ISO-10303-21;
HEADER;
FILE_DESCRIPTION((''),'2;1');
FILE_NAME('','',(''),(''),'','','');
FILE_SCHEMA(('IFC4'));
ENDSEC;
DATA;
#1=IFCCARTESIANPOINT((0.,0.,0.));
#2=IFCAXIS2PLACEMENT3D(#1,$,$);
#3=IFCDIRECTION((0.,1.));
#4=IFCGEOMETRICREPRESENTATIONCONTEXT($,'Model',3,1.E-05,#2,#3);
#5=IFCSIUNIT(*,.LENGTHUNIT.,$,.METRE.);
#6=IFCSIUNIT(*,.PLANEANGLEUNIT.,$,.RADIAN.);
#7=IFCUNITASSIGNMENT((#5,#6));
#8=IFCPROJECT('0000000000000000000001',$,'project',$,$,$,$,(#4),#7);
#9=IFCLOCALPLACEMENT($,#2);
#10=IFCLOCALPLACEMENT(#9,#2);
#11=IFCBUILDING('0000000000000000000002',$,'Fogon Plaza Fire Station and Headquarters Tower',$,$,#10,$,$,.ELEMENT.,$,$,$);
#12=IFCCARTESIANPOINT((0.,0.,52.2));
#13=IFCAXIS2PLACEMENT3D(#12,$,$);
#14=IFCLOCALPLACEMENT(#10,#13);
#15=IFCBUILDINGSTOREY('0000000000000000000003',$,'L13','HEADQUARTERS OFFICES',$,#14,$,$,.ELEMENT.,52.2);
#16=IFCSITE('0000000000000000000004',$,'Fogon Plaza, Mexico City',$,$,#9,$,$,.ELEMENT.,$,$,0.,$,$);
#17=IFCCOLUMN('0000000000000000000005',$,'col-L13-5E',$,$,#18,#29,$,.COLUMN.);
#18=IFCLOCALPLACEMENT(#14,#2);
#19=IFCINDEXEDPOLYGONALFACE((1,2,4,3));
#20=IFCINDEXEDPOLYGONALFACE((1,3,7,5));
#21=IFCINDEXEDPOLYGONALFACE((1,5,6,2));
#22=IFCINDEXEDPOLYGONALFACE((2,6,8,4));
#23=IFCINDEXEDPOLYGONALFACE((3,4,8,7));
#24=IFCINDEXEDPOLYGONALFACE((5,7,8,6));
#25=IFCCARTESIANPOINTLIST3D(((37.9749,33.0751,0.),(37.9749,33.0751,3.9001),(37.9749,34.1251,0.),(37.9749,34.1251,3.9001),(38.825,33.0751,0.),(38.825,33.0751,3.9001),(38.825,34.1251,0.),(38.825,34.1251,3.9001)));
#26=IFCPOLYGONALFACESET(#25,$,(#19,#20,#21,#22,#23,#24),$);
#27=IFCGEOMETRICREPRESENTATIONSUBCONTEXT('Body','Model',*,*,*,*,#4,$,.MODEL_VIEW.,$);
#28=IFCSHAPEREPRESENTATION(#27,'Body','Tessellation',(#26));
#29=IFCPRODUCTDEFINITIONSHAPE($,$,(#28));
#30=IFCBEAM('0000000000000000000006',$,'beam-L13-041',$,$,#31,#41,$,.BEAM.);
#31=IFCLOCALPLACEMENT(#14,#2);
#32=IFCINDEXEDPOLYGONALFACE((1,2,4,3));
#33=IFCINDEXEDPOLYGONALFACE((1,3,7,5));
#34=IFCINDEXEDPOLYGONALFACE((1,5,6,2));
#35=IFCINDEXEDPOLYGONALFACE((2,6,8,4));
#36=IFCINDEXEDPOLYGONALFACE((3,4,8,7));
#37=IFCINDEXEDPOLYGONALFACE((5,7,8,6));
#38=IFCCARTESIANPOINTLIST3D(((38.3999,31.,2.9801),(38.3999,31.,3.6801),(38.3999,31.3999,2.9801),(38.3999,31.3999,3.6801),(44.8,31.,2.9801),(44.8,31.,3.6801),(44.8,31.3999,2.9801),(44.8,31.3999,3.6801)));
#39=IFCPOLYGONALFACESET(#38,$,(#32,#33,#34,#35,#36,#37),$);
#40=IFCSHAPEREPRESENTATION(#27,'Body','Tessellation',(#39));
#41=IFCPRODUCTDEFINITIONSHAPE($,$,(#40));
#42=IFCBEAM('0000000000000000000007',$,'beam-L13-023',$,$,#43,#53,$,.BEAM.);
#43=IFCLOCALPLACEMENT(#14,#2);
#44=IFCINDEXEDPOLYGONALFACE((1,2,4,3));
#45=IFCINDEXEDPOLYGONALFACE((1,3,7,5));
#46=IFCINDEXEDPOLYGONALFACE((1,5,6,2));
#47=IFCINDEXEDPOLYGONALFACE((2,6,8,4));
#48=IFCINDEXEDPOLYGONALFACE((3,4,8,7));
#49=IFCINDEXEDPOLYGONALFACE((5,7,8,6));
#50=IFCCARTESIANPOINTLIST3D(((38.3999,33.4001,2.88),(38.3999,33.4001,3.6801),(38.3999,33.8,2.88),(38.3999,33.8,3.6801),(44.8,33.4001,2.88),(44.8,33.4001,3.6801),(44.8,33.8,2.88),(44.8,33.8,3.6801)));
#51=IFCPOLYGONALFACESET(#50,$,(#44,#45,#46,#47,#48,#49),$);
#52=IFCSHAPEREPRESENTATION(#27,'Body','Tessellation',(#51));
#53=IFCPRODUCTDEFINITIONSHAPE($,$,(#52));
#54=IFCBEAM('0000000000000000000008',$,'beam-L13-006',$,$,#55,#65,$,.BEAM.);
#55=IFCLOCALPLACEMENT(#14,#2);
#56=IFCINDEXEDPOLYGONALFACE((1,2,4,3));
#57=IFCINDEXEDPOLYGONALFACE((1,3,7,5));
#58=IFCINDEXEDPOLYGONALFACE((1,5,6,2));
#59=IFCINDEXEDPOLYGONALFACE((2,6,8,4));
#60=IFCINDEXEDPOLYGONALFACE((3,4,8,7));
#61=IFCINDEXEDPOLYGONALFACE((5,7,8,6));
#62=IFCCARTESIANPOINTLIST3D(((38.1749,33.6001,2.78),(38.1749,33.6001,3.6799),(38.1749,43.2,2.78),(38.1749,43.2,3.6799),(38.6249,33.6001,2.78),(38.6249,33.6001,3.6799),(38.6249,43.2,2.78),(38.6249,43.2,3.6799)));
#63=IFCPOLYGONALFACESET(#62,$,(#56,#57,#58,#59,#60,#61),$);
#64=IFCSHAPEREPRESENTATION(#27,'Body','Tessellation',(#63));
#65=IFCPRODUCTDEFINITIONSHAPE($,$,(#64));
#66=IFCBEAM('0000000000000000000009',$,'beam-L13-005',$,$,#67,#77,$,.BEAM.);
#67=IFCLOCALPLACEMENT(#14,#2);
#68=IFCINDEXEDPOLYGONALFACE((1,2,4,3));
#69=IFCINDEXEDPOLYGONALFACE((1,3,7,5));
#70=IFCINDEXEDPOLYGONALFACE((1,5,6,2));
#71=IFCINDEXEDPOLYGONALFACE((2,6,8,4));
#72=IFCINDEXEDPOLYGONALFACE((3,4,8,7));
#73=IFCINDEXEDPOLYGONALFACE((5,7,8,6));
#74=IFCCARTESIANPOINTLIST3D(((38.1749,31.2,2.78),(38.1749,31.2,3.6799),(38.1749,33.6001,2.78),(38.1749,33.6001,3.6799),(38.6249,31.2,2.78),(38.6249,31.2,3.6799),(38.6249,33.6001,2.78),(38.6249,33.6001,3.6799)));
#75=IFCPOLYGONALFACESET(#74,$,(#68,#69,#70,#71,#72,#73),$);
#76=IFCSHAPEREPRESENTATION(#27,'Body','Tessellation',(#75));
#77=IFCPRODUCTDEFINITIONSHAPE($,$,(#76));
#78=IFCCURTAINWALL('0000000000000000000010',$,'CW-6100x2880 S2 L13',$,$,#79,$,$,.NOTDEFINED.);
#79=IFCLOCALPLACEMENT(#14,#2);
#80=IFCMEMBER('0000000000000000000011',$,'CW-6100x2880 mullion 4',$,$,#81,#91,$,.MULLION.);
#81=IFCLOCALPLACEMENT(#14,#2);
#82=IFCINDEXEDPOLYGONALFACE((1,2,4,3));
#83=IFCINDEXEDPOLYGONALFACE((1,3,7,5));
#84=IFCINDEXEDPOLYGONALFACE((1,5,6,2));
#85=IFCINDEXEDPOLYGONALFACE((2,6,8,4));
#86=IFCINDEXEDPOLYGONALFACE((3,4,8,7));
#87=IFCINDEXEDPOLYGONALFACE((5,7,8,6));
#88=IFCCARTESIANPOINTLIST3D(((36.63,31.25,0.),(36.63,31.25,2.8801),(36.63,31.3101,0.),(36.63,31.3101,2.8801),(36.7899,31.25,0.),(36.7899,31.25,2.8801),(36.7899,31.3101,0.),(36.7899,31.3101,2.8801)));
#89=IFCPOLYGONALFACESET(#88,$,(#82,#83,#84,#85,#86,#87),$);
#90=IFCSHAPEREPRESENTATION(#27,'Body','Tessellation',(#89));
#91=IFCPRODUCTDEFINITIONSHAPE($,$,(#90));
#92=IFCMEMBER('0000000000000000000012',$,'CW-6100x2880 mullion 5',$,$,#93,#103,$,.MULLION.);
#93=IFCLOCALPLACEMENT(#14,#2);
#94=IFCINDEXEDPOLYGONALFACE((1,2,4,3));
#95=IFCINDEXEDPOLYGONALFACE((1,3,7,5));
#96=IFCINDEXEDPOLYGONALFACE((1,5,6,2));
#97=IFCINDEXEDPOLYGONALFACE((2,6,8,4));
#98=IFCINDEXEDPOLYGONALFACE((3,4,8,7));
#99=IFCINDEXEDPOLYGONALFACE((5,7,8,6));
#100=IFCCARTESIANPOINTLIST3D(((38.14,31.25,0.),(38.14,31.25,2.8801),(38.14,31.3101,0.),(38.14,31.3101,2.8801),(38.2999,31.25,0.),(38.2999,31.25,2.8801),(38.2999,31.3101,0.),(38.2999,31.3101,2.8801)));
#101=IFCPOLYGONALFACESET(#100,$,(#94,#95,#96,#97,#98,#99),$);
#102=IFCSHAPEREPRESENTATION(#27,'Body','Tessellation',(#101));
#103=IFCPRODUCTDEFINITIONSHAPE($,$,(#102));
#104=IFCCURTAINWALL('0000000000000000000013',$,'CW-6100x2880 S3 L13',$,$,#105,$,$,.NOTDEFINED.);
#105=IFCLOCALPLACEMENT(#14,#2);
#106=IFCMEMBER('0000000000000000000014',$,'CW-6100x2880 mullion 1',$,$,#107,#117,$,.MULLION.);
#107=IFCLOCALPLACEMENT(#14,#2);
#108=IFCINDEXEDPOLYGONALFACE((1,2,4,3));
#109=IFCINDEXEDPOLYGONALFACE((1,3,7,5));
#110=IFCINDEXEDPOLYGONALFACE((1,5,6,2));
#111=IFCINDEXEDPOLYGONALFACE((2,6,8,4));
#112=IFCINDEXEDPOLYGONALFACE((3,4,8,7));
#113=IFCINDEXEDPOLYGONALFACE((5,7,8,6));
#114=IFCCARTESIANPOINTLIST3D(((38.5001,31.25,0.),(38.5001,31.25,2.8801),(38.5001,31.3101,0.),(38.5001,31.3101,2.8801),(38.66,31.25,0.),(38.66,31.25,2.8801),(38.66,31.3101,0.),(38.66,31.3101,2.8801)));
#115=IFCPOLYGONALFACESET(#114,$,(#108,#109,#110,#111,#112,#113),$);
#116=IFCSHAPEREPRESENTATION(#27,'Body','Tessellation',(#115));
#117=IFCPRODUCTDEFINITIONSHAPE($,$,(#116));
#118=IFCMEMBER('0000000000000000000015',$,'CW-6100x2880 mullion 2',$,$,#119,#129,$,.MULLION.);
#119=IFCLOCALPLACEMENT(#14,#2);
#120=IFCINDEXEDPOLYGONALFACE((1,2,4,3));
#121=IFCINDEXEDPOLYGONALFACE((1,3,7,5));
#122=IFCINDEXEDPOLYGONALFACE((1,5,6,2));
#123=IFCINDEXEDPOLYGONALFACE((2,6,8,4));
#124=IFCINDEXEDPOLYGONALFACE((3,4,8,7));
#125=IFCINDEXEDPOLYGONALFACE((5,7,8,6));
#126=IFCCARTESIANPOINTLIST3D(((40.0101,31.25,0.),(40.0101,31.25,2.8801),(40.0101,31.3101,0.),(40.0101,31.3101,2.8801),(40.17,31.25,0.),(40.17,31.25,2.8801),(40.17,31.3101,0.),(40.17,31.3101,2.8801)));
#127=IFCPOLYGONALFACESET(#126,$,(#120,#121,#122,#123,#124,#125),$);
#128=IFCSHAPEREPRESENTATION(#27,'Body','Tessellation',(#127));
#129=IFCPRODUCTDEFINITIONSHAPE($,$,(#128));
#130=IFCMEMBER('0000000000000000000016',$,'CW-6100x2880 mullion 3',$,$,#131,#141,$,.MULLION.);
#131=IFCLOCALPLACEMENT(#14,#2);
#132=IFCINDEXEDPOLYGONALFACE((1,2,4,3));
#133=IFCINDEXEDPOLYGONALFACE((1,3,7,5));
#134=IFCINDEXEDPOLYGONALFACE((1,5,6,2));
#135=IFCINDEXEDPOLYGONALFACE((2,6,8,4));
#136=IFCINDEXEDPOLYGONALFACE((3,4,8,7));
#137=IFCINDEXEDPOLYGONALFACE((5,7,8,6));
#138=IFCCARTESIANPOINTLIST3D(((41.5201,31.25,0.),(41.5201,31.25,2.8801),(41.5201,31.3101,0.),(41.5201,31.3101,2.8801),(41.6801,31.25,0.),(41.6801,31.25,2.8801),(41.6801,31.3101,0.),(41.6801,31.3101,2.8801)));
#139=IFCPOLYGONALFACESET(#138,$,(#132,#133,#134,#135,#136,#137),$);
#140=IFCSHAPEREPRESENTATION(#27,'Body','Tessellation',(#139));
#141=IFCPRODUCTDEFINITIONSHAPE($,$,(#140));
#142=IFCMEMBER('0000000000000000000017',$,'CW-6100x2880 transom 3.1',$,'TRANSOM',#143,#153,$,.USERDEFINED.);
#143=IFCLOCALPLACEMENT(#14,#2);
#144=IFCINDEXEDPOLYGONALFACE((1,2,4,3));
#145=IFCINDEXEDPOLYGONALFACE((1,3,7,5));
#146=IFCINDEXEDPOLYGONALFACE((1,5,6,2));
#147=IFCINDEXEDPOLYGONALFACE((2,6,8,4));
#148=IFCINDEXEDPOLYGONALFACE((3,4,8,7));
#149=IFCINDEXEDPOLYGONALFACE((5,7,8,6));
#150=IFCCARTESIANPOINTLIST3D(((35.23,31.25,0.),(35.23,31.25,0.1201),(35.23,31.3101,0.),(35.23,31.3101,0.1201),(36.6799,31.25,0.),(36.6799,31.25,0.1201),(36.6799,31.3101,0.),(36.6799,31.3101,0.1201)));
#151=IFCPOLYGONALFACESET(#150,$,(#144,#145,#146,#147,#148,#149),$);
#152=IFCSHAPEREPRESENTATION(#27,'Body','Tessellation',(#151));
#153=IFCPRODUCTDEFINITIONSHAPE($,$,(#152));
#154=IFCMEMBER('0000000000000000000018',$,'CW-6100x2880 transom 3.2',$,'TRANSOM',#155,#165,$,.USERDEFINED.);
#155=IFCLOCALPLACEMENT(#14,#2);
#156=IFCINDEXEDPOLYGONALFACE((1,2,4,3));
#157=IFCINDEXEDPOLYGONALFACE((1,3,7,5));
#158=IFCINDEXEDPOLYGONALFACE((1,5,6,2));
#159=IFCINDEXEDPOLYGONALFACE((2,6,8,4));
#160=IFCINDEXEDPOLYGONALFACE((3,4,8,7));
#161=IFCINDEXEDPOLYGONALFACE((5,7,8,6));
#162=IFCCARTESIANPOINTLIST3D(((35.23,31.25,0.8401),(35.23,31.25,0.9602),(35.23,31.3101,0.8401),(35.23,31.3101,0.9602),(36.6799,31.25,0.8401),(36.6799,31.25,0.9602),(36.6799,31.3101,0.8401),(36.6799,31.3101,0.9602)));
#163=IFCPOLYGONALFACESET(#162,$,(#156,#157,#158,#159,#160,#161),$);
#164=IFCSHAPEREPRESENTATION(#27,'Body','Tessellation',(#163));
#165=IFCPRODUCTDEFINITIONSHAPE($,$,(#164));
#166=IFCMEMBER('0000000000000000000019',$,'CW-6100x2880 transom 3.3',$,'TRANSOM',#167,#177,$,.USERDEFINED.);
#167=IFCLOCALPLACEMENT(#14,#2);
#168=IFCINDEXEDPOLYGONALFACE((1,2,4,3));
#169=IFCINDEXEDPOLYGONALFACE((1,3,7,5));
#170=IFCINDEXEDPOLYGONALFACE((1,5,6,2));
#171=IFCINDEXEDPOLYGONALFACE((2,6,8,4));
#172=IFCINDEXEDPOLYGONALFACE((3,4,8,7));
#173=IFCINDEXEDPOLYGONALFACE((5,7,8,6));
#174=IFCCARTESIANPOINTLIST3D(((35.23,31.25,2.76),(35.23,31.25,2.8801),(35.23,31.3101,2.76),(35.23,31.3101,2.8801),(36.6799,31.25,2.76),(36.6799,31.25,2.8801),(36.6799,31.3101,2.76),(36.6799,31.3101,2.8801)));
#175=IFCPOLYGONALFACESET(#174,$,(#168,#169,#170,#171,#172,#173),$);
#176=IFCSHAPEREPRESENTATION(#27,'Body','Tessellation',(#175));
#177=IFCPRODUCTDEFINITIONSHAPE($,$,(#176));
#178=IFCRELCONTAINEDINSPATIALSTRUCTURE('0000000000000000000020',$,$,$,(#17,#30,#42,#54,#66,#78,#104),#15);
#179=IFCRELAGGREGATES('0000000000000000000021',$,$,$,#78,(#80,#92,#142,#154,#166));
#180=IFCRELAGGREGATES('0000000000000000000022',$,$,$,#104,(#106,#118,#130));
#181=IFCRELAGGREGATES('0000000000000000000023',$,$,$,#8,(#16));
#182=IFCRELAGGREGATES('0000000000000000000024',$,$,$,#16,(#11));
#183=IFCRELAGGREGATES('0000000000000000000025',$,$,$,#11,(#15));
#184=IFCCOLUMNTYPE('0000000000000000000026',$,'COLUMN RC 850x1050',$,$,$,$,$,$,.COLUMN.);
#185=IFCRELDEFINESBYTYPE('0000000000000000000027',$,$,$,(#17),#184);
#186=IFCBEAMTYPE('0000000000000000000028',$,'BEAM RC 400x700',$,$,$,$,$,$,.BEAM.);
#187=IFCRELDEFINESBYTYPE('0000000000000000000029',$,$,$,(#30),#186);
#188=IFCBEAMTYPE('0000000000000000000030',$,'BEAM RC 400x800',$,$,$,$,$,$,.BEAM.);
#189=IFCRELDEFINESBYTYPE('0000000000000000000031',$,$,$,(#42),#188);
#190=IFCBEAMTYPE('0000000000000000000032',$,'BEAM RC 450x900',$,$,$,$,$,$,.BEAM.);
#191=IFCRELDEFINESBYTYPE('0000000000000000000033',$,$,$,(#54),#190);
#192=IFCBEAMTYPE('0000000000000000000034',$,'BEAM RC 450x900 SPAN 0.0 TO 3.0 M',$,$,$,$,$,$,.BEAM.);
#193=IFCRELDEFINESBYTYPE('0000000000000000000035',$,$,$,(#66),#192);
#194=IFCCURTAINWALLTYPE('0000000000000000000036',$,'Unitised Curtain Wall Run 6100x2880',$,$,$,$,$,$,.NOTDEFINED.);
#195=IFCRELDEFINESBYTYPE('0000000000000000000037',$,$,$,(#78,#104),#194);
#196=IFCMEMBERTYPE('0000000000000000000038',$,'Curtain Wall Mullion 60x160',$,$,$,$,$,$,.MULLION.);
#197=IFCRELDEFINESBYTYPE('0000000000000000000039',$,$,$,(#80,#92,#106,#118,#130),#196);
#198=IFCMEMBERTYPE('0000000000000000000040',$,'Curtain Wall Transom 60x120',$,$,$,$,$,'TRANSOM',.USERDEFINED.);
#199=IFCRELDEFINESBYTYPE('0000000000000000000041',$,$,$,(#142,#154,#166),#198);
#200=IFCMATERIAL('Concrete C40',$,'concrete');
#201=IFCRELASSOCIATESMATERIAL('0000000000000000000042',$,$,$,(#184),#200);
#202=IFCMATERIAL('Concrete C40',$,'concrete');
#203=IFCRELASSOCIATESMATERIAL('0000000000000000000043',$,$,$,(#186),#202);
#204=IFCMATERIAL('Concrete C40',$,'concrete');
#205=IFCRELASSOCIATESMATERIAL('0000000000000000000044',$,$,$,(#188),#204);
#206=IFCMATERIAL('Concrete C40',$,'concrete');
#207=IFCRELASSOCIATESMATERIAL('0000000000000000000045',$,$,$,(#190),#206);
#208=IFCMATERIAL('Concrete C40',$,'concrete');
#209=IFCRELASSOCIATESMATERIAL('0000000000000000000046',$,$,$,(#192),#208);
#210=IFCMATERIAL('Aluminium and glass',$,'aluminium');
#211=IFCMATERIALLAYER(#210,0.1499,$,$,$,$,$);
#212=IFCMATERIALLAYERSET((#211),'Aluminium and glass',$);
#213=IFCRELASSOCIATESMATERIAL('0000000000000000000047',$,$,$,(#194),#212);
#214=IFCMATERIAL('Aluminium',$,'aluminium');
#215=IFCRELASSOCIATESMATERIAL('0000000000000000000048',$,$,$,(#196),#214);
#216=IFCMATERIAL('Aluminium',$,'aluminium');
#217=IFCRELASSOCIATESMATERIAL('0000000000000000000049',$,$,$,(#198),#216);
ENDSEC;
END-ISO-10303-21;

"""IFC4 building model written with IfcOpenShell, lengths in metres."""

from ifc_helpers import new_model, si_unit, direction, frame, origin, origin_2d, place, context, subcontext, project, spatial, rectangle, extrude, material, layer, layer_set, material_profile, profile_set, type_object, element, aggregate, save


model = new_model("IFC4")

# Units and contexts
model_context = context("Model", 3, precision=1e-05, world=origin(), true_north=direction((0.0, 1.0)))
body_context = subcontext(model_context, "Body", "Model", "MODEL_VIEW")
ifc_project = project(units=[si_unit("LENGTHUNIT", "METRE"), si_unit("PLANEANGLEUNIT", "RADIAN")], contexts=[model_context])

# Site, building, storey
site_placement = place(None, origin())
site = spatial("IfcSite", under=ifc_project, at=site_placement, Name="Fogon Plaza, Mexico City", CompositionType="ELEMENT", RefElevation=0.0)
building_placement = place(site_placement, origin())
building = spatial("IfcBuilding", under=site, at=building_placement, Name="Fogon Plaza Fire Station and Headquarters Tower", CompositionType="ELEMENT")
storey_placement = place(building_placement, frame((0.0, 0.0, 52.2)))
storey = spatial("IfcBuildingStorey", under=building, at=storey_placement, Name="L13", Description="HEADQUARTERS OFFICES", CompositionType="ELEMENT", Elevation=52.2)

# Column
ifc_material_1 = material(Name="Concrete C40", Category="concrete")
ifc_material_profile_1 = material_profile(ifc_material_1, rectangle(XDim=0.8501, YDim=1.05, at=origin_2d()), Name="RC 850x1050")
ifc_profile_set_1 = profile_set([ifc_material_profile_1], Name="Concrete C40")
column_type = type_object("IfcColumnType", Name="COLUMN RC 850x1050", PredefinedType="COLUMN", material=ifc_profile_set_1)
column_placement = place(storey_placement, frame((38.3999, 33.6001, 0.0), z_axis=(0.0, 0.0, 1.0), x_axis=(1.0, 0.0, 0.0)))
element("IfcColumn", 1, at=column_placement, inside=storey, type_object=column_type, Name="col-L13-5E", PredefinedType="COLUMN", context=body_context, shape_type="SweptSolid", body=[
    extrude(rectangle(XDim=0.8501, YDim=1.05, at=origin_2d()), origin(), (0.0, 0.0, 1.0), 3.9001),
])

# Beams
ifc_material_2 = material(Name="Concrete C40", Category="concrete")
ifc_material_profile_2 = material_profile(ifc_material_2, rectangle(XDim=0.3999, YDim=0.7, at=origin_2d()), Name="RC 400x700")
ifc_profile_set_2 = profile_set([ifc_material_profile_2], Name="Concrete C40")
beam_type_1 = type_object("IfcBeamType", Name="BEAM RC 400x700", PredefinedType="BEAM", material=ifc_profile_set_2)
beam_1_placement = place(storey_placement, frame((38.3999, 31.2, 3.3301), z_axis=(1.0, 0.0, 0.0), x_axis=(0.0, 1.0, 0.0)))
element("IfcBeam", 2, at=beam_1_placement, inside=storey, type_object=beam_type_1, Name="beam-L13-041", PredefinedType="BEAM", context=body_context, shape_type="SweptSolid", body=[
    extrude(rectangle(XDim=0.3999, YDim=0.7, at=origin_2d()), origin(), (0.0, 0.0, 1.0), 6.4001),
])
ifc_material_3 = material(Name="Concrete C40", Category="concrete")
ifc_material_profile_3 = material_profile(ifc_material_3, rectangle(XDim=0.3999, YDim=0.8, at=origin_2d()), Name="RC 400x800")
ifc_profile_set_3 = profile_set([ifc_material_profile_3], Name="Concrete C40")
beam_type_2 = type_object("IfcBeamType", Name="BEAM RC 400x800", PredefinedType="BEAM", material=ifc_profile_set_3)
beam_2_placement = place(storey_placement, frame((38.3999, 33.6001, 3.28), z_axis=(1.0, 0.0, 0.0), x_axis=(0.0, 1.0, 0.0)))
element("IfcBeam", 3, at=beam_2_placement, inside=storey, type_object=beam_type_2, Name="beam-L13-023", PredefinedType="BEAM", context=body_context, shape_type="SweptSolid", body=[
    extrude(rectangle(XDim=0.3999, YDim=0.8, at=origin_2d()), origin(), (0.0, 0.0, 1.0), 6.4001),
])
ifc_material_4 = material(Name="Concrete C40", Category="concrete")
ifc_material_profile_4 = material_profile(ifc_material_4, rectangle(XDim=0.45, YDim=0.8999, at=origin_2d()), Name="RC 450x900")
ifc_profile_set_4 = profile_set([ifc_material_profile_4], Name="Concrete C40")
beam_type_3 = type_object("IfcBeamType", Name="BEAM RC 450x900", PredefinedType="BEAM", material=ifc_profile_set_4)
beam_3_placement = place(storey_placement, frame((38.3999, 33.6001, 3.23), z_axis=(0.0, 1.0, 0.0), x_axis=(-1.0, 0.0, 0.0)))
element("IfcBeam", 4, at=beam_3_placement, inside=storey, type_object=beam_type_3, Name="beam-L13-006", PredefinedType="BEAM", context=body_context, shape_type="SweptSolid", body=[
    extrude(rectangle(XDim=0.45, YDim=0.8999, at=origin_2d()), origin(), (0.0, 0.0, 1.0), 9.5999),
])
ifc_material_5 = material(Name="Concrete C40", Category="concrete")
ifc_material_profile_5 = material_profile(ifc_material_5, rectangle(XDim=0.45, YDim=0.8999, at=origin_2d()), Name="RC 450x900")
ifc_profile_set_5 = profile_set([ifc_material_profile_5], Name="Concrete C40")
beam_type_4 = type_object("IfcBeamType", Name="BEAM RC 450x900 SPAN 0.0 TO 3.0 M", PredefinedType="BEAM", material=ifc_profile_set_5)
beam_4_placement = place(storey_placement, frame((38.3999, 31.2, 3.23), z_axis=(0.0, 1.0, 0.0), x_axis=(-1.0, 0.0, 0.0)))
element("IfcBeam", 5, at=beam_4_placement, inside=storey, type_object=beam_type_4, Name="beam-L13-005", PredefinedType="BEAM", context=body_context, shape_type="SweptSolid", body=[
    extrude(rectangle(XDim=0.45, YDim=0.8999, at=origin_2d()), origin(), (0.0, 0.0, 1.0), 2.4001),
])

# Curtain walls, members
ifc_material_6 = material(Name="Aluminium and glass", Category="aluminium")
ifc_layer_1 = layer(ifc_material_6, 0.1499)
ifc_layer_set_1 = layer_set([ifc_layer_1], Name="Aluminium and glass")
curtain_wall_type = type_object("IfcCurtainWallType", Name="Unitised Curtain Wall Run 6100x2880", PredefinedType="NOTDEFINED", material=ifc_layer_set_1)
curtain_wall_1_placement = place(storey_placement, origin())
curtain_wall_1 = element("IfcCurtainWall", 6, at=curtain_wall_1_placement, inside=storey, type_object=curtain_wall_type, Name="CW-6100x2880 S2 L13", PredefinedType="NOTDEFINED")
ifc_material_7 = material(Name="Aluminium", Category="aluminium")
ifc_material_profile_6 = material_profile(ifc_material_7, rectangle(XDim=0.0601, YDim=0.1599, at=origin_2d()), Name="Curtain Wall Mullion 60x160")
ifc_profile_set_6 = profile_set([ifc_material_profile_6], Name="Aluminium")
member_type_1 = type_object("IfcMemberType", Name="Curtain Wall Mullion 60x160", PredefinedType="MULLION", material=ifc_profile_set_6)
member_1_placement = place(storey_placement, frame((36.71, 31.28, 0.0), z_axis=(0.0, 0.0, 1.0), x_axis=(0.0, 1.0, 0.0)))
member_1 = element("IfcMember", 7, at=member_1_placement, type_object=member_type_1, Name="CW-6100x2880 mullion 4", PredefinedType="MULLION", context=body_context, shape_type="SweptSolid", body=[
    extrude(rectangle(XDim=0.0601, YDim=0.1599, at=origin_2d()), origin(), (0.0, 0.0, 1.0), 2.8801),
])
member_2_placement = place(storey_placement, frame((38.22, 31.28, 0.0), z_axis=(0.0, 0.0, 1.0), x_axis=(0.0, 1.0, 0.0)))
member_2 = element("IfcMember", 8, at=member_2_placement, type_object=member_type_1, Name="CW-6100x2880 mullion 5", PredefinedType="MULLION", context=body_context, shape_type="SweptSolid", body=[
    extrude(rectangle(XDim=0.0601, YDim=0.1599, at=origin_2d()), origin(), (0.0, 0.0, 1.0), 2.8801),
])
curtain_wall_2_placement = place(storey_placement, origin())
curtain_wall_2 = element("IfcCurtainWall", 9, at=curtain_wall_2_placement, inside=storey, type_object=curtain_wall_type, Name="CW-6100x2880 S3 L13", PredefinedType="NOTDEFINED")
member_3_placement = place(storey_placement, frame((38.5801, 31.28, 0.0), z_axis=(0.0, 0.0, 1.0), x_axis=(0.0, 1.0, 0.0)))
member_3 = element("IfcMember", 10, at=member_3_placement, type_object=member_type_1, Name="CW-6100x2880 mullion 1", PredefinedType="MULLION", context=body_context, shape_type="SweptSolid", body=[
    extrude(rectangle(XDim=0.0601, YDim=0.1599, at=origin_2d()), origin(), (0.0, 0.0, 1.0), 2.8801),
])
member_4_placement = place(storey_placement, frame((40.0901, 31.28, 0.0), z_axis=(0.0, 0.0, 1.0), x_axis=(0.0, 1.0, 0.0)))
member_4 = element("IfcMember", 11, at=member_4_placement, type_object=member_type_1, Name="CW-6100x2880 mullion 2", PredefinedType="MULLION", context=body_context, shape_type="SweptSolid", body=[
    extrude(rectangle(XDim=0.0601, YDim=0.1599, at=origin_2d()), origin(), (0.0, 0.0, 1.0), 2.8801),
])
member_5_placement = place(storey_placement, frame((41.6001, 31.28, 0.0), z_axis=(0.0, 0.0, 1.0), x_axis=(0.0, 1.0, 0.0)))
member_5 = element("IfcMember", 12, at=member_5_placement, type_object=member_type_1, Name="CW-6100x2880 mullion 3", PredefinedType="MULLION", context=body_context, shape_type="SweptSolid", body=[
    extrude(rectangle(XDim=0.0601, YDim=0.1599, at=origin_2d()), origin(), (0.0, 0.0, 1.0), 2.8801),
])

# Members
ifc_material_8 = material(Name="Aluminium", Category="aluminium")
ifc_material_profile_7 = material_profile(ifc_material_8, rectangle(XDim=0.0601, YDim=0.1201, at=origin_2d()), Name="Curtain Wall Transom 60x120")
ifc_profile_set_7 = profile_set([ifc_material_profile_7], Name="Aluminium")
member_type_2 = type_object("IfcMemberType", Name="Curtain Wall Transom 60x120", ElementType="TRANSOM", PredefinedType="USERDEFINED", material=ifc_profile_set_7)
member_6_placement = place(storey_placement, frame((35.23, 31.28, 0.0601), z_axis=(1.0, 0.0, 0.0), x_axis=(0.0, 1.0, 0.0)))
member_6 = element("IfcMember", 13, at=member_6_placement, type_object=member_type_2, Name="CW-6100x2880 transom 3.1", ObjectType="TRANSOM", PredefinedType="USERDEFINED", context=body_context, shape_type="SweptSolid", body=[
    extrude(rectangle(XDim=0.0601, YDim=0.1201, at=origin_2d()), origin(), (0.0, 0.0, 1.0), 1.45),
])
member_7_placement = place(storey_placement, frame((35.23, 31.28, 0.9001), z_axis=(1.0, 0.0, 0.0), x_axis=(0.0, 1.0, 0.0)))
member_7 = element("IfcMember", 14, at=member_7_placement, type_object=member_type_2, Name="CW-6100x2880 transom 3.2", ObjectType="TRANSOM", PredefinedType="USERDEFINED", context=body_context, shape_type="SweptSolid", body=[
    extrude(rectangle(XDim=0.0601, YDim=0.1201, at=origin_2d()), origin(), (0.0, 0.0, 1.0), 1.45),
])
member_8_placement = place(storey_placement, frame((35.23, 31.28, 2.8201), z_axis=(1.0, 0.0, 0.0), x_axis=(0.0, 1.0, 0.0)))
member_8 = element("IfcMember", 15, at=member_8_placement, type_object=member_type_2, Name="CW-6100x2880 transom 3.3", ObjectType="TRANSOM", PredefinedType="USERDEFINED", context=body_context, shape_type="SweptSolid", body=[
    extrude(rectangle(XDim=0.0601, YDim=0.1201, at=origin_2d()), origin(), (0.0, 0.0, 1.0), 1.45),
])

aggregate(curtain_wall_1, [member_1, member_2, member_6, member_7, member_8])
aggregate(curtain_wall_2, [member_3, member_4, member_5])

save(model, "model.ifc")
